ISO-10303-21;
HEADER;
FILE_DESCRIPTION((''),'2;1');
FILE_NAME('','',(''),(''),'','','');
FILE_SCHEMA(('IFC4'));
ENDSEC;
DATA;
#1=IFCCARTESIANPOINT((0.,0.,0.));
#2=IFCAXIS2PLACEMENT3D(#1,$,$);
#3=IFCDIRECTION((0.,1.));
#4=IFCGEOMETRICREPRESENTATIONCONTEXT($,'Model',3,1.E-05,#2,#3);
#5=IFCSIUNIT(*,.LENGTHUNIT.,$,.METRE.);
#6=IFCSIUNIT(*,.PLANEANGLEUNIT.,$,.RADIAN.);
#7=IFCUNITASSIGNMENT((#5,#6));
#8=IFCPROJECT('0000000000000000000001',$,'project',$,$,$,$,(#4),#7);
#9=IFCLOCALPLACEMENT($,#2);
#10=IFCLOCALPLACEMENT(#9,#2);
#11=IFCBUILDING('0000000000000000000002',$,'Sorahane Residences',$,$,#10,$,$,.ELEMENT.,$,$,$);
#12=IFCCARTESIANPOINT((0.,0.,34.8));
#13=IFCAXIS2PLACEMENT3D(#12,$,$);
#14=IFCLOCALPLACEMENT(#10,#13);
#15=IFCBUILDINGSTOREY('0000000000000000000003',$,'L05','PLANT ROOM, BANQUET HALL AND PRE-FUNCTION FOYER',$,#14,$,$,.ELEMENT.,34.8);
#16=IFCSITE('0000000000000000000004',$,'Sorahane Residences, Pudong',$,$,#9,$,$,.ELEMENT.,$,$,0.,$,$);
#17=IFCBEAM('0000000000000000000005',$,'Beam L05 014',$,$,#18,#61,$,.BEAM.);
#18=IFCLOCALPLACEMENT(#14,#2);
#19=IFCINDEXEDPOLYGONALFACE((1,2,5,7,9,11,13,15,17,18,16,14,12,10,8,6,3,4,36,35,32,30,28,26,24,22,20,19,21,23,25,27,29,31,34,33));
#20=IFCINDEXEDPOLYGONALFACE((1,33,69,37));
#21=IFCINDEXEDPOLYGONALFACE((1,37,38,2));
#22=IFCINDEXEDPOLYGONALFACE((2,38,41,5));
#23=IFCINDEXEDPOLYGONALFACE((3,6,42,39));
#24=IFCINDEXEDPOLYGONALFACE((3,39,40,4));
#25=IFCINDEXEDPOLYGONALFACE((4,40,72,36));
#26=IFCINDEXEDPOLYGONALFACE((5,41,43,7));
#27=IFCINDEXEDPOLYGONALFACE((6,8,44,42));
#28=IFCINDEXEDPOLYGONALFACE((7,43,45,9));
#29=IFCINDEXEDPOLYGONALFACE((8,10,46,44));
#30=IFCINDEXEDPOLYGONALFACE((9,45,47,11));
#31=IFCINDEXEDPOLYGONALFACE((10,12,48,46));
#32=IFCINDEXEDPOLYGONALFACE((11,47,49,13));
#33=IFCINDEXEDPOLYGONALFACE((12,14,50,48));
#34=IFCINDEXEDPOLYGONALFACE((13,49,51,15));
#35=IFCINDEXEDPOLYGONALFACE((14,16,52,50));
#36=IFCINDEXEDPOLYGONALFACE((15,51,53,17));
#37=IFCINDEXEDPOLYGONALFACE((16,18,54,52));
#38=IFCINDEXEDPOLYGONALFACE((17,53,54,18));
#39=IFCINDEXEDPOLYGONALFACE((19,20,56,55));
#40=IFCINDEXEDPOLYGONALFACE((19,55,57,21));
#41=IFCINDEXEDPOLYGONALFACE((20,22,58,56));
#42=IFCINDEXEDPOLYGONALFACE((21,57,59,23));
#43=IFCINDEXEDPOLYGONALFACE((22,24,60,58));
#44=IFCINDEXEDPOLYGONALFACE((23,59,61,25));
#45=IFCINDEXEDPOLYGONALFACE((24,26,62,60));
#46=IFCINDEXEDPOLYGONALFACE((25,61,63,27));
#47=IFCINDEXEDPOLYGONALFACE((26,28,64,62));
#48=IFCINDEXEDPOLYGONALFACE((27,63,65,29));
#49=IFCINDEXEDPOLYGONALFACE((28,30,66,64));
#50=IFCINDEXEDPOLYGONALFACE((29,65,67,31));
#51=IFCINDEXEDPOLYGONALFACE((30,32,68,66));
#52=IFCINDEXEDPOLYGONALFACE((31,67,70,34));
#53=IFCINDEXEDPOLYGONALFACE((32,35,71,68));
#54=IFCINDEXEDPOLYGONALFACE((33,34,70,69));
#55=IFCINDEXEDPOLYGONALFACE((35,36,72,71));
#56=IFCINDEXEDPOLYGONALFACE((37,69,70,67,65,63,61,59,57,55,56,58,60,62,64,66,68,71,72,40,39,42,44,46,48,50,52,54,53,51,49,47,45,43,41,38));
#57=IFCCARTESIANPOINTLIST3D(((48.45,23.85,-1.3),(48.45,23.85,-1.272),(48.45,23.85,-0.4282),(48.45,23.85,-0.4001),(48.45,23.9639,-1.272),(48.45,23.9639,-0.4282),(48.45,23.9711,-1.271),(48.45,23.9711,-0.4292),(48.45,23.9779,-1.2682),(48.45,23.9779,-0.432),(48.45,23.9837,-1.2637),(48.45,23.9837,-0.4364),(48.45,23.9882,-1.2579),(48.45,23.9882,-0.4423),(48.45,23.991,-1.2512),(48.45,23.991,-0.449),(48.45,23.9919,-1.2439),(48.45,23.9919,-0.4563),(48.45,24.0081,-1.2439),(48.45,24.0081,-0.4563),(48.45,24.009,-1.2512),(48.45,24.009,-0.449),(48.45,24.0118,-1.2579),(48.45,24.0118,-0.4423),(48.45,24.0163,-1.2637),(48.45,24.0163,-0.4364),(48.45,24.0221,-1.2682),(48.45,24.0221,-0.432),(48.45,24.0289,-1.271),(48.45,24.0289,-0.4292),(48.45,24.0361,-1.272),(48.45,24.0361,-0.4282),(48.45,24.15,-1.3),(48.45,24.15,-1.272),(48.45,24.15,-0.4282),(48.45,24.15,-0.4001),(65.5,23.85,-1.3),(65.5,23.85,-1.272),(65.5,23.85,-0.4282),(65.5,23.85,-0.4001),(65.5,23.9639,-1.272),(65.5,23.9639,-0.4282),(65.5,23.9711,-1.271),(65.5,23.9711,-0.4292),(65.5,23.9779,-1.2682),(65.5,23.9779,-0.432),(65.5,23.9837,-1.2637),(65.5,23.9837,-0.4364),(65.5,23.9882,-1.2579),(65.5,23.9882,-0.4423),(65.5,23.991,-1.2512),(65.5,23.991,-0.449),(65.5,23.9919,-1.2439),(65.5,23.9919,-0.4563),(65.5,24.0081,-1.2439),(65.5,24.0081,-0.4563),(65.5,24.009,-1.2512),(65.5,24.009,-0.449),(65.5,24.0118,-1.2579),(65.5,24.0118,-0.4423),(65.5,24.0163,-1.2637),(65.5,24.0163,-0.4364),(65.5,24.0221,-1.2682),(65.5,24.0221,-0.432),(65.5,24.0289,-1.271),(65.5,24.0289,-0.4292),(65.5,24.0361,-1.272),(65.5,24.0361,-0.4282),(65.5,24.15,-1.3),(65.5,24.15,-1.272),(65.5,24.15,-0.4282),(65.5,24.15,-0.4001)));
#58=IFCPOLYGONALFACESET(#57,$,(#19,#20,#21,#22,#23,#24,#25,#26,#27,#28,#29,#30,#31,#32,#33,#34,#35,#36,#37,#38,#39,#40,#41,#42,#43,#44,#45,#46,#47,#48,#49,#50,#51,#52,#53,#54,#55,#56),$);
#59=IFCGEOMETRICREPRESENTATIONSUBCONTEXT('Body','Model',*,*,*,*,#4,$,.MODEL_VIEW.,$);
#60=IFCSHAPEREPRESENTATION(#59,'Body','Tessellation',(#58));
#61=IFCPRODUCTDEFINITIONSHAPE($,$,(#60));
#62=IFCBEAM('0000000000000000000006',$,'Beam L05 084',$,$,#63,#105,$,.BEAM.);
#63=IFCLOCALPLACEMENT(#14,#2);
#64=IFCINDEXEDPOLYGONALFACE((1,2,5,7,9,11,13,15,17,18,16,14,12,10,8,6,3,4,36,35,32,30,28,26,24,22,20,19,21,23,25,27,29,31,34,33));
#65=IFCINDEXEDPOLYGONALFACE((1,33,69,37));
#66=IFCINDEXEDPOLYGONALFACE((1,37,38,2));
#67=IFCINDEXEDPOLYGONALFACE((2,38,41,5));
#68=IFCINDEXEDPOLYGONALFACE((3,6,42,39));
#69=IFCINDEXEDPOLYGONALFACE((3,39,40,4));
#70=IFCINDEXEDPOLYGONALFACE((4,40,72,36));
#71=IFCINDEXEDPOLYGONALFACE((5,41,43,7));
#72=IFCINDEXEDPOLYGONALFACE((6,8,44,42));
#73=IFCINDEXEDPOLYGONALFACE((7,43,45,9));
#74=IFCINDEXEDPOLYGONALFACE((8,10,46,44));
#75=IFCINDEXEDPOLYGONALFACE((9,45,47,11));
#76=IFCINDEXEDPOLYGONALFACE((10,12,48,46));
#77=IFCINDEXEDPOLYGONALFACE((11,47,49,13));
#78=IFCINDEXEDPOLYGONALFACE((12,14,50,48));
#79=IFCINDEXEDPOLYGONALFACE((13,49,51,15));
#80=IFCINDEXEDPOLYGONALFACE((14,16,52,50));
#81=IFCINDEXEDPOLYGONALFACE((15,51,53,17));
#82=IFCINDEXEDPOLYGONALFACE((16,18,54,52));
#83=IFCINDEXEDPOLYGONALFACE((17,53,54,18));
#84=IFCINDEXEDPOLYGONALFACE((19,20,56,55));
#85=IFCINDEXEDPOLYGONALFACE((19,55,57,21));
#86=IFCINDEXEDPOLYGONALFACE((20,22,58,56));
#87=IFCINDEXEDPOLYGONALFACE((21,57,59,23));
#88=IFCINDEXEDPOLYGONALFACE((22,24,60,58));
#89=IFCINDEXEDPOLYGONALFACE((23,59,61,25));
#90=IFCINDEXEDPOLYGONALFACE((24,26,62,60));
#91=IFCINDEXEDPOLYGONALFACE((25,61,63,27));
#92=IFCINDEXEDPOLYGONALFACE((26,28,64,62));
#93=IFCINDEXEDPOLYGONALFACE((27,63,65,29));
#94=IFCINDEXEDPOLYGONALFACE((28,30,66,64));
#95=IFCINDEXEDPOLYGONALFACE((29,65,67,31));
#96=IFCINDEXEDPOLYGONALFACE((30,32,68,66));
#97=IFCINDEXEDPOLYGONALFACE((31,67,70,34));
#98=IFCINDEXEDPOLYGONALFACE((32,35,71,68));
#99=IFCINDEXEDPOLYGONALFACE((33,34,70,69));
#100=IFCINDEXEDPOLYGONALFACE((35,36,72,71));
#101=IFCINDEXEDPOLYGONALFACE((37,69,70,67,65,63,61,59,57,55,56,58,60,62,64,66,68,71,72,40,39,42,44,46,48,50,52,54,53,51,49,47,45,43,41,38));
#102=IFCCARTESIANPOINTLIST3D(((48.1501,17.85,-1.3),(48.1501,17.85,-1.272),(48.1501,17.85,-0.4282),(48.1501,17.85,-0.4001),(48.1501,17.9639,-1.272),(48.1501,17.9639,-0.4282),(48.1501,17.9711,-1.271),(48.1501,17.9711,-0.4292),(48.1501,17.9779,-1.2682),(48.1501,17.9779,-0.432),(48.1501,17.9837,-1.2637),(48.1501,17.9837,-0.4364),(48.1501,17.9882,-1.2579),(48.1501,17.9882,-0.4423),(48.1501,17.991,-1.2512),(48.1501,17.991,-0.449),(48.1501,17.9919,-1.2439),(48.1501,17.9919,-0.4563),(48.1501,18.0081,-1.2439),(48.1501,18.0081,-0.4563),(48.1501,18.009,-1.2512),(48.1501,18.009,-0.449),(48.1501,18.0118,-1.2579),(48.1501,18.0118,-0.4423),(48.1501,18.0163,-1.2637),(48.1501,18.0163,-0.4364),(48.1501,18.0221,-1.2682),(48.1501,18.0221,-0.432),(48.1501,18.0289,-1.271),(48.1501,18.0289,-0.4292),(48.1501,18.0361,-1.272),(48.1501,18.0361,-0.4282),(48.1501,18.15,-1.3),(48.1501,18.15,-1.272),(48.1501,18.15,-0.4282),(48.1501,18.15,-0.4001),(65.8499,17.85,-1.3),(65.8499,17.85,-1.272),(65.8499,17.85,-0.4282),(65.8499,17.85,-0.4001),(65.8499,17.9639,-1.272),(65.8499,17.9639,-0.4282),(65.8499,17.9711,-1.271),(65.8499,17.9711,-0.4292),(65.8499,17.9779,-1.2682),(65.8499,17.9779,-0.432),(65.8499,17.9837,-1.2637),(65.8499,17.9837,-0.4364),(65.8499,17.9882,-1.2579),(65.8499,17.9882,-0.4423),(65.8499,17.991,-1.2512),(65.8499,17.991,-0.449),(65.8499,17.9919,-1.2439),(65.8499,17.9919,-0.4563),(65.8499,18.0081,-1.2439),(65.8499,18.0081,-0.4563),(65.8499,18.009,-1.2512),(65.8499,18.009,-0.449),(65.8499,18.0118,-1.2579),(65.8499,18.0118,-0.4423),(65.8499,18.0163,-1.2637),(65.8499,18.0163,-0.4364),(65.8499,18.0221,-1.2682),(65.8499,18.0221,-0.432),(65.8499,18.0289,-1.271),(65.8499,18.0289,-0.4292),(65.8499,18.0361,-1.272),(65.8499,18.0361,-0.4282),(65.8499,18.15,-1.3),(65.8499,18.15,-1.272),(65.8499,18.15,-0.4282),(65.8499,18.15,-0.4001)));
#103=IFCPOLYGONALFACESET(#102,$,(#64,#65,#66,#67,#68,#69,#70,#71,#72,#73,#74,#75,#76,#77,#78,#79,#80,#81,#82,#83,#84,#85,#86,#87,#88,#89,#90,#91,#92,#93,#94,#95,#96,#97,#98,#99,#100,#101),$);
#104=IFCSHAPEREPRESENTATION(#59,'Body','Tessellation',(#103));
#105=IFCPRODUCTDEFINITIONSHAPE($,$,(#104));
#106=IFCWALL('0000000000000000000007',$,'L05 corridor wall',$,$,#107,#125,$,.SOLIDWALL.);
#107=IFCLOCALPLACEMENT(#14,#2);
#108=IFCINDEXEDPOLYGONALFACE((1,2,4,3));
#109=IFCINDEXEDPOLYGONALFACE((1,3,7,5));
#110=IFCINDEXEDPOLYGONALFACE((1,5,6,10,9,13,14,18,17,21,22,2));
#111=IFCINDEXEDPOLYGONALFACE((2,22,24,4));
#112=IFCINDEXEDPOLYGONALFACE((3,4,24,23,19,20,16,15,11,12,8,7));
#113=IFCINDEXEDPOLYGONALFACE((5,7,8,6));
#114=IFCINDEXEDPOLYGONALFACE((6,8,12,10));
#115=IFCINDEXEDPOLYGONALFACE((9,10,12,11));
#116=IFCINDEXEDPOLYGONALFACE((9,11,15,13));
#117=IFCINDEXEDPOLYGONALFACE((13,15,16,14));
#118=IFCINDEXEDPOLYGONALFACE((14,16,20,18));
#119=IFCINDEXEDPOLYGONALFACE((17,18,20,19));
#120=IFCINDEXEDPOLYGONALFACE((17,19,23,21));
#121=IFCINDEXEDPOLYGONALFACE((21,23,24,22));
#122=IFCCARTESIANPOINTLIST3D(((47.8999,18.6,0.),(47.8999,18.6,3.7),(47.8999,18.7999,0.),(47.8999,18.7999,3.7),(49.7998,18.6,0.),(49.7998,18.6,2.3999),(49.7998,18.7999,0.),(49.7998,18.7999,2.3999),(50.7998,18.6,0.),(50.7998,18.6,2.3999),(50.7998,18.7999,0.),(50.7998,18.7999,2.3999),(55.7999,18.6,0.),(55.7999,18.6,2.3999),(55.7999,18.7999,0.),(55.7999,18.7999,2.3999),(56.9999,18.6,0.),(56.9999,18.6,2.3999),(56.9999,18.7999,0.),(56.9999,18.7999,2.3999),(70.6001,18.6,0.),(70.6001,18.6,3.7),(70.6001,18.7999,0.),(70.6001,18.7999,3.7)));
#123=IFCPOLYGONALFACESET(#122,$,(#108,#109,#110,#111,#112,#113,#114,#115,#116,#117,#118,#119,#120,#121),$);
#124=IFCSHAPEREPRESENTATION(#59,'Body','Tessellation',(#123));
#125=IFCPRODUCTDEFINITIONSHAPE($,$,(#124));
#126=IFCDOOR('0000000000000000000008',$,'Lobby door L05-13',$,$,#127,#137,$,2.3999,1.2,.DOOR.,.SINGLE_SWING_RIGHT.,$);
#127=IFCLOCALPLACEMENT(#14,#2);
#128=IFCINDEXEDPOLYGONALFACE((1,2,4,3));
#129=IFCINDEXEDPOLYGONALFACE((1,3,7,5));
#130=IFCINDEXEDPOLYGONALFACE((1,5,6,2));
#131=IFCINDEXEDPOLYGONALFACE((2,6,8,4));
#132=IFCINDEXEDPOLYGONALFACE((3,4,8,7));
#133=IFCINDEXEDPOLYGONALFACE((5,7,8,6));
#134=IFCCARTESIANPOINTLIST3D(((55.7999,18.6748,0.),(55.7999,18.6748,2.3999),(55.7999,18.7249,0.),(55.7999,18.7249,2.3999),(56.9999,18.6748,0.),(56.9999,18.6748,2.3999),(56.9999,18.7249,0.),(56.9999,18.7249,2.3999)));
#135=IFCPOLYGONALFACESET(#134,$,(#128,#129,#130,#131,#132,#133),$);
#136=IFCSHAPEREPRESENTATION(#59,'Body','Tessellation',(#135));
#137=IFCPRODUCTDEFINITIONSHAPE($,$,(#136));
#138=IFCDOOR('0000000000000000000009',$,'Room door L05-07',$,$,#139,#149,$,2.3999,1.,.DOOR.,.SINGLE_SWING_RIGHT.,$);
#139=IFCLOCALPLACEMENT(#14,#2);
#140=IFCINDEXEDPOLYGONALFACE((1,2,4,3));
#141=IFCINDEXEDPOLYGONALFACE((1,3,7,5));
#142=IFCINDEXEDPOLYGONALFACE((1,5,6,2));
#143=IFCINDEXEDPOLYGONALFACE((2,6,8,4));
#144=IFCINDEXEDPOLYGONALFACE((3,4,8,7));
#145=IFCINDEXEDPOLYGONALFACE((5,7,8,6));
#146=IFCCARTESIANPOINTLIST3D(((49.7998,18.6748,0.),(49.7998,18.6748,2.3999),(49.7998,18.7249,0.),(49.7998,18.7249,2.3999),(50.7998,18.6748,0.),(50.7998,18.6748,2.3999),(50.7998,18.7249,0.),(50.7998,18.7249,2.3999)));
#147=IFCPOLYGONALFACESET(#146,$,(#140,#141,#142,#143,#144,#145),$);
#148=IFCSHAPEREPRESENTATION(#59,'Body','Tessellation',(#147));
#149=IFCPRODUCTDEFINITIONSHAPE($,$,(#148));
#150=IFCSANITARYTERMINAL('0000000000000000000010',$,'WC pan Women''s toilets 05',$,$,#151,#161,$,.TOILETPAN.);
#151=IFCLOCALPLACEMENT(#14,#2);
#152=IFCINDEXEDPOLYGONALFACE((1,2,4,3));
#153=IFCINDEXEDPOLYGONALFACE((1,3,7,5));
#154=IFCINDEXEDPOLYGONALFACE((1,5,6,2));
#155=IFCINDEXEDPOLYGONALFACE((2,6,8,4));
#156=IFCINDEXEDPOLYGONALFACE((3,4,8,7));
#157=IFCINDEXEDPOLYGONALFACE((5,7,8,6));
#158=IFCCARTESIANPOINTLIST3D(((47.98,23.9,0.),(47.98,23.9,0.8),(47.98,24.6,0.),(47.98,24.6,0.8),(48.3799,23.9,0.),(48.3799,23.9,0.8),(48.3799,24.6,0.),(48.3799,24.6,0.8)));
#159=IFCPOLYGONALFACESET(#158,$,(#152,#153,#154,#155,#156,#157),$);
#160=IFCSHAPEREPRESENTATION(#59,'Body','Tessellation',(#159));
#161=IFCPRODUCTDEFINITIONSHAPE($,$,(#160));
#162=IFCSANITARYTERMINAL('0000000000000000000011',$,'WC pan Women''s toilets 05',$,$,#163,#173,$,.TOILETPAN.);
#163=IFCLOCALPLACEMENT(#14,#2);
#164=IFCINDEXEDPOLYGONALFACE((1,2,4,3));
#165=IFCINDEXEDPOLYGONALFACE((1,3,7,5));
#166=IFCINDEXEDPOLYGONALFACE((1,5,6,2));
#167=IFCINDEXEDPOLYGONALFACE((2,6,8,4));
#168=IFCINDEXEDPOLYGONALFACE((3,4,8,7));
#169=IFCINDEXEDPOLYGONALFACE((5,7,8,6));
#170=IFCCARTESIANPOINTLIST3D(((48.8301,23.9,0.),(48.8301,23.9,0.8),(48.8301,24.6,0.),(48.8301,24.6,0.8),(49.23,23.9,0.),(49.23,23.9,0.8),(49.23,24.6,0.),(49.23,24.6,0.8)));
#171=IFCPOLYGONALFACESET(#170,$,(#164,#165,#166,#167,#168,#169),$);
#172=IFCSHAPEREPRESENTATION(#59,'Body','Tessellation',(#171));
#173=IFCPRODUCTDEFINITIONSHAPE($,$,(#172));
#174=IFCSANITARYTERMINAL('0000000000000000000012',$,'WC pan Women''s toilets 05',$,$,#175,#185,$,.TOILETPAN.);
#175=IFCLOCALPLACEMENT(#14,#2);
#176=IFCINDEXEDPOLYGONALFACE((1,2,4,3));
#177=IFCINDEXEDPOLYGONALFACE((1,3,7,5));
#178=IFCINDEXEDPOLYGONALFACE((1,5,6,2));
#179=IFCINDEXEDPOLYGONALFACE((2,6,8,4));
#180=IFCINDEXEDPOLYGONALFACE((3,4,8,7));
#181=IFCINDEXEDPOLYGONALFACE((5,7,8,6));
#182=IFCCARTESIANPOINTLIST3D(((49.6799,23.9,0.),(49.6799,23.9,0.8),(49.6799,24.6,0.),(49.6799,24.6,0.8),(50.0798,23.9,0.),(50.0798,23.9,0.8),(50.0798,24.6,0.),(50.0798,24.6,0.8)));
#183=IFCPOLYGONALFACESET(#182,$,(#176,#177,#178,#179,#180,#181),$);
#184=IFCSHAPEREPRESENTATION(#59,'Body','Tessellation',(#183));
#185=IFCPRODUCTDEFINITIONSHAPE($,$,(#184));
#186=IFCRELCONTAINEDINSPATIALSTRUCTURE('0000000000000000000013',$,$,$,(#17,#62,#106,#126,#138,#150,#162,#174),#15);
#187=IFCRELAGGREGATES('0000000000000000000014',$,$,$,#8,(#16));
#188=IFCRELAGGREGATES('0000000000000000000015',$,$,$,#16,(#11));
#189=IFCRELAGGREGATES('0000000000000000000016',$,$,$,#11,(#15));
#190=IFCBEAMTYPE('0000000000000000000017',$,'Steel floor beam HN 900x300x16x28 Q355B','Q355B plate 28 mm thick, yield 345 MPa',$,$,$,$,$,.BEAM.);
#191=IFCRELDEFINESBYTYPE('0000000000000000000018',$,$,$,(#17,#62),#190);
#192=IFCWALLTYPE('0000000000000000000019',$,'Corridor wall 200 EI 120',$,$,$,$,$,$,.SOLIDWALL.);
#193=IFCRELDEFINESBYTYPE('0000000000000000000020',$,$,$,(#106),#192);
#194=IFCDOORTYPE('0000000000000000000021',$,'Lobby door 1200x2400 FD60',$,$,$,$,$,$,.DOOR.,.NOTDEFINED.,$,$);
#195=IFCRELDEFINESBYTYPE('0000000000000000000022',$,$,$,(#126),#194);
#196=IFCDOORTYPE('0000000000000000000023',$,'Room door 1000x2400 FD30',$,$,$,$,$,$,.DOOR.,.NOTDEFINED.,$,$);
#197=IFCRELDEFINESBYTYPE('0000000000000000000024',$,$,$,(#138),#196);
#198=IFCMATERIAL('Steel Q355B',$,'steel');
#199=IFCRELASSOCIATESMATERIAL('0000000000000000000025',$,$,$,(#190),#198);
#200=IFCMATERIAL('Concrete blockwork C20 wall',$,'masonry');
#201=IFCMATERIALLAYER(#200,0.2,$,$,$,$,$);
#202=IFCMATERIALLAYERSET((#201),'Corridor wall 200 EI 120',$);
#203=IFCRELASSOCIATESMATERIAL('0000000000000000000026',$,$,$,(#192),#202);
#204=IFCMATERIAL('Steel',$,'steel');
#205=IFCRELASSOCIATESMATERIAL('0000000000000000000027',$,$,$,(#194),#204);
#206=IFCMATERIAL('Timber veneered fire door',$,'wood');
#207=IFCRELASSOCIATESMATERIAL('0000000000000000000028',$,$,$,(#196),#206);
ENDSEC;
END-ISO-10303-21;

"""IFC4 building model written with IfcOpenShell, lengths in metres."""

from ifc_helpers import new_model, si_unit, direction, frame, frame_2d, origin, origin_2d, place, context, subcontext, project, spatial, rectangle, i_section, extrude, material, layer, layer_set, material_profile, profile_set, type_object, element, fill, save


model = new_model("IFC4")

# Units and contexts
model_context = context("Model", 3, precision=1e-05, world=origin(), true_north=direction((0.0, 1.0)))
body_context = subcontext(model_context, "Body", "Model", "MODEL_VIEW")
ifc_project = project(units=[si_unit("LENGTHUNIT", "METRE"), si_unit("PLANEANGLEUNIT", "RADIAN")], contexts=[model_context])

# Site, building, storey
site_placement = place(None, origin())
site = spatial("IfcSite", under=ifc_project, at=site_placement, Name="Sorahane Residences, Pudong", CompositionType="ELEMENT", RefElevation=0.0)
building_placement = place(site_placement, origin())
building = spatial("IfcBuilding", under=site, at=building_placement, Name="Sorahane Residences", CompositionType="ELEMENT")
storey_placement = place(building_placement, frame((0.0, 0.0, 34.8)))
storey = spatial("IfcBuildingStorey", under=building, at=storey_placement, Name="L05", Description="PLANT ROOM, BANQUET HALL AND PRE-FUNCTION FOYER", CompositionType="ELEMENT", Elevation=34.8)

# Beams
ifc_material_1 = material(Name="Steel Q355B", Category="steel")
ifc_material_profile_1 = material_profile(ifc_material_1, i_section(OverallWidth=0.3, OverallDepth=0.8999, WebThickness=0.0161, FlangeThickness=0.0281, FilletRadius=0.0281, at=origin_2d()), Name="HN 900x300x16x28")
ifc_profile_set_1 = profile_set([ifc_material_profile_1], Name="Steel Q355B")
beam_type_1 = type_object("IfcBeamType", Name="Steel floor beam HN 900x300x16x28 Q355B", Description="Q355B plate 28 mm thick, yield 345 MPa", PredefinedType="BEAM", material=ifc_profile_set_1)
for number, where, z_axis, x_axis, name in (
    (1, (48.45, 24.0, -0.8501), (1.0, 0.0, 0.0), (0.0, 1.0, 0.0), "Beam L05 014"),
):
    element("IfcBeam", number, at=place(storey_placement, frame(where, z_axis=z_axis, x_axis=x_axis)), inside=storey, type_object=beam_type_1, Name=name, PredefinedType="BEAM", context=body_context, shape_type="SweptSolid", body=[
        extrude(i_section(OverallWidth=0.3, OverallDepth=0.8999, WebThickness=0.0161, FlangeThickness=0.0281, FilletRadius=0.0281, at=origin_2d()), origin(), (0.0, 0.0, 1.0), 17.05),
    ])
beam_1_placement = place(storey_placement, frame((48.1501, 18.0, -0.8501), z_axis=(1.0, 0.0, 0.0), x_axis=(0.0, 1.0, 0.0)))
element("IfcBeam", 2, at=beam_1_placement, inside=storey, type_object=beam_type_1, Name="Beam L05 084", PredefinedType="BEAM", context=body_context, shape_type="SweptSolid", body=[
    extrude(i_section(OverallWidth=0.3, OverallDepth=0.8999, WebThickness=0.0161, FlangeThickness=0.0281, FilletRadius=0.0281, at=origin_2d()), origin(), (0.0, 0.0, 1.0), 17.6997),
])

# Wall, openings, doors
ifc_material_2 = material(Name="Concrete blockwork C20 wall", Category="masonry")
ifc_layer = layer(ifc_material_2, 0.2)
ifc_layer_set = layer_set([ifc_layer], Name="Corridor wall 200 EI 120")
wall_type = type_object("IfcWallType", Name="Corridor wall 200 EI 120", PredefinedType="SOLIDWALL", material=ifc_layer_set)
wall_placement = place(storey_placement, frame((47.8999, 18.7, 0.0), z_axis=(0.0, 0.0, 1.0), x_axis=(1.0, 0.0, 0.0)))
wall = element("IfcWall", 3, at=wall_placement, inside=storey, type_object=wall_type, Name="L05 corridor wall", PredefinedType="SOLIDWALL", context=body_context, shape_type="SweptSolid", body=[
    extrude(rectangle(XDim=22.7002, YDim=0.2, at=frame_2d((11.3501, 0.0))), origin(), (0.0, 0.0, 1.0), 3.7),
])
opening_1_placement = place(wall_placement, frame((1.8999, 0.0, 0.0)))
opening_1 = element("IfcOpeningElement", 4, at=opening_1_placement, cuts=wall, PredefinedType="OPENING", context=body_context, shape_type="SweptSolid", body=[
    extrude(rectangle(XDim=1.0, YDim=2.3999, at=frame_2d((0.5, 1.2))), frame((0.0, 0.1099, 0.0), z_axis=(0.0, -1.0, 0.0), x_axis=(1.0, 0.0, 0.0)), (0.0, 0.0, 1.0), 0.22),
])
opening_2_placement = place(wall_placement, frame((7.8999, 0.0, 0.0)))
opening_2 = element("IfcOpeningElement", 5, at=opening_2_placement, cuts=wall, PredefinedType="OPENING", context=body_context, shape_type="SweptSolid", body=[
    extrude(rectangle(XDim=1.2, YDim=2.3999, at=frame_2d((0.6001, 1.2))), frame((0.0, 0.1099, 0.0), z_axis=(0.0, -1.0, 0.0), x_axis=(1.0, 0.0, 0.0)), (0.0, 0.0, 1.0), 0.22),
])
ifc_material_3 = material(Name="Steel", Category="steel")
door_type_1 = type_object("IfcDoorType", Name="Lobby door 1200x2400 FD60", OperationType="NOTDEFINED", PredefinedType="DOOR", material=ifc_material_3)
door_1_placement = place(opening_2_placement, origin())
door_1 = element("IfcDoor", 6, at=door_1_placement, inside=storey, type_object=door_type_1, Name="Lobby door L05-13", OperationType="SINGLE_SWING_RIGHT", OverallHeight=2.3999, OverallWidth=1.2, PredefinedType="DOOR", context=body_context, shape_type="SweptSolid", body=[
    extrude(rectangle(XDim=1.2, YDim=2.3999, at=frame_2d((0.6001, 1.2))), frame((0.0, 0.0249, 0.0), z_axis=(0.0, -1.0, 0.0), x_axis=(1.0, 0.0, 0.0)), (0.0, 0.0, 1.0), 0.05),
])
fill(opening_2, door_1)
ifc_material_4 = material(Name="Timber veneered fire door", Category="wood")
door_type_2 = type_object("IfcDoorType", Name="Room door 1000x2400 FD30", OperationType="NOTDEFINED", PredefinedType="DOOR", material=ifc_material_4)
door_2_placement = place(opening_1_placement, origin())
door_2 = element("IfcDoor", 7, at=door_2_placement, inside=storey, type_object=door_type_2, Name="Room door L05-07", OperationType="SINGLE_SWING_RIGHT", OverallHeight=2.3999, OverallWidth=1.0, PredefinedType="DOOR", context=body_context, shape_type="SweptSolid", body=[
    extrude(rectangle(XDim=1.0, YDim=2.3999, at=frame_2d((0.5, 1.2))), frame((0.0, 0.0249, 0.0), z_axis=(0.0, -1.0, 0.0), x_axis=(1.0, 0.0, 0.0)), (0.0, 0.0, 1.0), 0.05),
])
fill(opening_1, door_2)

# Sanitary terminals
for number, where, z_axis, x_axis, name in (
    (8, (48.1799, 24.25, 0.0), (0.0, 0.0, 1.0), (1.0, 0.0, 0.0), "WC pan Women's toilets 05"),
    (9, (49.03, 24.25, 0.0), (0.0, 0.0, 1.0), (1.0, 0.0, 0.0), "WC pan Women's toilets 05"),
    (10, (49.8799, 24.25, 0.0), (0.0, 0.0, 1.0), (1.0, 0.0, 0.0), "WC pan Women's toilets 05"),
):
    element("IfcSanitaryTerminal", number, at=place(storey_placement, frame(where, z_axis=z_axis, x_axis=x_axis)), inside=storey, Name=name, PredefinedType="TOILETPAN", context=body_context, shape_type="SweptSolid", body=[
        extrude(rectangle(XDim=0.3999, YDim=0.7, at=origin_2d()), origin(), (0.0, 0.0, 1.0), 0.8),
    ])

save(model, "model.ifc")
